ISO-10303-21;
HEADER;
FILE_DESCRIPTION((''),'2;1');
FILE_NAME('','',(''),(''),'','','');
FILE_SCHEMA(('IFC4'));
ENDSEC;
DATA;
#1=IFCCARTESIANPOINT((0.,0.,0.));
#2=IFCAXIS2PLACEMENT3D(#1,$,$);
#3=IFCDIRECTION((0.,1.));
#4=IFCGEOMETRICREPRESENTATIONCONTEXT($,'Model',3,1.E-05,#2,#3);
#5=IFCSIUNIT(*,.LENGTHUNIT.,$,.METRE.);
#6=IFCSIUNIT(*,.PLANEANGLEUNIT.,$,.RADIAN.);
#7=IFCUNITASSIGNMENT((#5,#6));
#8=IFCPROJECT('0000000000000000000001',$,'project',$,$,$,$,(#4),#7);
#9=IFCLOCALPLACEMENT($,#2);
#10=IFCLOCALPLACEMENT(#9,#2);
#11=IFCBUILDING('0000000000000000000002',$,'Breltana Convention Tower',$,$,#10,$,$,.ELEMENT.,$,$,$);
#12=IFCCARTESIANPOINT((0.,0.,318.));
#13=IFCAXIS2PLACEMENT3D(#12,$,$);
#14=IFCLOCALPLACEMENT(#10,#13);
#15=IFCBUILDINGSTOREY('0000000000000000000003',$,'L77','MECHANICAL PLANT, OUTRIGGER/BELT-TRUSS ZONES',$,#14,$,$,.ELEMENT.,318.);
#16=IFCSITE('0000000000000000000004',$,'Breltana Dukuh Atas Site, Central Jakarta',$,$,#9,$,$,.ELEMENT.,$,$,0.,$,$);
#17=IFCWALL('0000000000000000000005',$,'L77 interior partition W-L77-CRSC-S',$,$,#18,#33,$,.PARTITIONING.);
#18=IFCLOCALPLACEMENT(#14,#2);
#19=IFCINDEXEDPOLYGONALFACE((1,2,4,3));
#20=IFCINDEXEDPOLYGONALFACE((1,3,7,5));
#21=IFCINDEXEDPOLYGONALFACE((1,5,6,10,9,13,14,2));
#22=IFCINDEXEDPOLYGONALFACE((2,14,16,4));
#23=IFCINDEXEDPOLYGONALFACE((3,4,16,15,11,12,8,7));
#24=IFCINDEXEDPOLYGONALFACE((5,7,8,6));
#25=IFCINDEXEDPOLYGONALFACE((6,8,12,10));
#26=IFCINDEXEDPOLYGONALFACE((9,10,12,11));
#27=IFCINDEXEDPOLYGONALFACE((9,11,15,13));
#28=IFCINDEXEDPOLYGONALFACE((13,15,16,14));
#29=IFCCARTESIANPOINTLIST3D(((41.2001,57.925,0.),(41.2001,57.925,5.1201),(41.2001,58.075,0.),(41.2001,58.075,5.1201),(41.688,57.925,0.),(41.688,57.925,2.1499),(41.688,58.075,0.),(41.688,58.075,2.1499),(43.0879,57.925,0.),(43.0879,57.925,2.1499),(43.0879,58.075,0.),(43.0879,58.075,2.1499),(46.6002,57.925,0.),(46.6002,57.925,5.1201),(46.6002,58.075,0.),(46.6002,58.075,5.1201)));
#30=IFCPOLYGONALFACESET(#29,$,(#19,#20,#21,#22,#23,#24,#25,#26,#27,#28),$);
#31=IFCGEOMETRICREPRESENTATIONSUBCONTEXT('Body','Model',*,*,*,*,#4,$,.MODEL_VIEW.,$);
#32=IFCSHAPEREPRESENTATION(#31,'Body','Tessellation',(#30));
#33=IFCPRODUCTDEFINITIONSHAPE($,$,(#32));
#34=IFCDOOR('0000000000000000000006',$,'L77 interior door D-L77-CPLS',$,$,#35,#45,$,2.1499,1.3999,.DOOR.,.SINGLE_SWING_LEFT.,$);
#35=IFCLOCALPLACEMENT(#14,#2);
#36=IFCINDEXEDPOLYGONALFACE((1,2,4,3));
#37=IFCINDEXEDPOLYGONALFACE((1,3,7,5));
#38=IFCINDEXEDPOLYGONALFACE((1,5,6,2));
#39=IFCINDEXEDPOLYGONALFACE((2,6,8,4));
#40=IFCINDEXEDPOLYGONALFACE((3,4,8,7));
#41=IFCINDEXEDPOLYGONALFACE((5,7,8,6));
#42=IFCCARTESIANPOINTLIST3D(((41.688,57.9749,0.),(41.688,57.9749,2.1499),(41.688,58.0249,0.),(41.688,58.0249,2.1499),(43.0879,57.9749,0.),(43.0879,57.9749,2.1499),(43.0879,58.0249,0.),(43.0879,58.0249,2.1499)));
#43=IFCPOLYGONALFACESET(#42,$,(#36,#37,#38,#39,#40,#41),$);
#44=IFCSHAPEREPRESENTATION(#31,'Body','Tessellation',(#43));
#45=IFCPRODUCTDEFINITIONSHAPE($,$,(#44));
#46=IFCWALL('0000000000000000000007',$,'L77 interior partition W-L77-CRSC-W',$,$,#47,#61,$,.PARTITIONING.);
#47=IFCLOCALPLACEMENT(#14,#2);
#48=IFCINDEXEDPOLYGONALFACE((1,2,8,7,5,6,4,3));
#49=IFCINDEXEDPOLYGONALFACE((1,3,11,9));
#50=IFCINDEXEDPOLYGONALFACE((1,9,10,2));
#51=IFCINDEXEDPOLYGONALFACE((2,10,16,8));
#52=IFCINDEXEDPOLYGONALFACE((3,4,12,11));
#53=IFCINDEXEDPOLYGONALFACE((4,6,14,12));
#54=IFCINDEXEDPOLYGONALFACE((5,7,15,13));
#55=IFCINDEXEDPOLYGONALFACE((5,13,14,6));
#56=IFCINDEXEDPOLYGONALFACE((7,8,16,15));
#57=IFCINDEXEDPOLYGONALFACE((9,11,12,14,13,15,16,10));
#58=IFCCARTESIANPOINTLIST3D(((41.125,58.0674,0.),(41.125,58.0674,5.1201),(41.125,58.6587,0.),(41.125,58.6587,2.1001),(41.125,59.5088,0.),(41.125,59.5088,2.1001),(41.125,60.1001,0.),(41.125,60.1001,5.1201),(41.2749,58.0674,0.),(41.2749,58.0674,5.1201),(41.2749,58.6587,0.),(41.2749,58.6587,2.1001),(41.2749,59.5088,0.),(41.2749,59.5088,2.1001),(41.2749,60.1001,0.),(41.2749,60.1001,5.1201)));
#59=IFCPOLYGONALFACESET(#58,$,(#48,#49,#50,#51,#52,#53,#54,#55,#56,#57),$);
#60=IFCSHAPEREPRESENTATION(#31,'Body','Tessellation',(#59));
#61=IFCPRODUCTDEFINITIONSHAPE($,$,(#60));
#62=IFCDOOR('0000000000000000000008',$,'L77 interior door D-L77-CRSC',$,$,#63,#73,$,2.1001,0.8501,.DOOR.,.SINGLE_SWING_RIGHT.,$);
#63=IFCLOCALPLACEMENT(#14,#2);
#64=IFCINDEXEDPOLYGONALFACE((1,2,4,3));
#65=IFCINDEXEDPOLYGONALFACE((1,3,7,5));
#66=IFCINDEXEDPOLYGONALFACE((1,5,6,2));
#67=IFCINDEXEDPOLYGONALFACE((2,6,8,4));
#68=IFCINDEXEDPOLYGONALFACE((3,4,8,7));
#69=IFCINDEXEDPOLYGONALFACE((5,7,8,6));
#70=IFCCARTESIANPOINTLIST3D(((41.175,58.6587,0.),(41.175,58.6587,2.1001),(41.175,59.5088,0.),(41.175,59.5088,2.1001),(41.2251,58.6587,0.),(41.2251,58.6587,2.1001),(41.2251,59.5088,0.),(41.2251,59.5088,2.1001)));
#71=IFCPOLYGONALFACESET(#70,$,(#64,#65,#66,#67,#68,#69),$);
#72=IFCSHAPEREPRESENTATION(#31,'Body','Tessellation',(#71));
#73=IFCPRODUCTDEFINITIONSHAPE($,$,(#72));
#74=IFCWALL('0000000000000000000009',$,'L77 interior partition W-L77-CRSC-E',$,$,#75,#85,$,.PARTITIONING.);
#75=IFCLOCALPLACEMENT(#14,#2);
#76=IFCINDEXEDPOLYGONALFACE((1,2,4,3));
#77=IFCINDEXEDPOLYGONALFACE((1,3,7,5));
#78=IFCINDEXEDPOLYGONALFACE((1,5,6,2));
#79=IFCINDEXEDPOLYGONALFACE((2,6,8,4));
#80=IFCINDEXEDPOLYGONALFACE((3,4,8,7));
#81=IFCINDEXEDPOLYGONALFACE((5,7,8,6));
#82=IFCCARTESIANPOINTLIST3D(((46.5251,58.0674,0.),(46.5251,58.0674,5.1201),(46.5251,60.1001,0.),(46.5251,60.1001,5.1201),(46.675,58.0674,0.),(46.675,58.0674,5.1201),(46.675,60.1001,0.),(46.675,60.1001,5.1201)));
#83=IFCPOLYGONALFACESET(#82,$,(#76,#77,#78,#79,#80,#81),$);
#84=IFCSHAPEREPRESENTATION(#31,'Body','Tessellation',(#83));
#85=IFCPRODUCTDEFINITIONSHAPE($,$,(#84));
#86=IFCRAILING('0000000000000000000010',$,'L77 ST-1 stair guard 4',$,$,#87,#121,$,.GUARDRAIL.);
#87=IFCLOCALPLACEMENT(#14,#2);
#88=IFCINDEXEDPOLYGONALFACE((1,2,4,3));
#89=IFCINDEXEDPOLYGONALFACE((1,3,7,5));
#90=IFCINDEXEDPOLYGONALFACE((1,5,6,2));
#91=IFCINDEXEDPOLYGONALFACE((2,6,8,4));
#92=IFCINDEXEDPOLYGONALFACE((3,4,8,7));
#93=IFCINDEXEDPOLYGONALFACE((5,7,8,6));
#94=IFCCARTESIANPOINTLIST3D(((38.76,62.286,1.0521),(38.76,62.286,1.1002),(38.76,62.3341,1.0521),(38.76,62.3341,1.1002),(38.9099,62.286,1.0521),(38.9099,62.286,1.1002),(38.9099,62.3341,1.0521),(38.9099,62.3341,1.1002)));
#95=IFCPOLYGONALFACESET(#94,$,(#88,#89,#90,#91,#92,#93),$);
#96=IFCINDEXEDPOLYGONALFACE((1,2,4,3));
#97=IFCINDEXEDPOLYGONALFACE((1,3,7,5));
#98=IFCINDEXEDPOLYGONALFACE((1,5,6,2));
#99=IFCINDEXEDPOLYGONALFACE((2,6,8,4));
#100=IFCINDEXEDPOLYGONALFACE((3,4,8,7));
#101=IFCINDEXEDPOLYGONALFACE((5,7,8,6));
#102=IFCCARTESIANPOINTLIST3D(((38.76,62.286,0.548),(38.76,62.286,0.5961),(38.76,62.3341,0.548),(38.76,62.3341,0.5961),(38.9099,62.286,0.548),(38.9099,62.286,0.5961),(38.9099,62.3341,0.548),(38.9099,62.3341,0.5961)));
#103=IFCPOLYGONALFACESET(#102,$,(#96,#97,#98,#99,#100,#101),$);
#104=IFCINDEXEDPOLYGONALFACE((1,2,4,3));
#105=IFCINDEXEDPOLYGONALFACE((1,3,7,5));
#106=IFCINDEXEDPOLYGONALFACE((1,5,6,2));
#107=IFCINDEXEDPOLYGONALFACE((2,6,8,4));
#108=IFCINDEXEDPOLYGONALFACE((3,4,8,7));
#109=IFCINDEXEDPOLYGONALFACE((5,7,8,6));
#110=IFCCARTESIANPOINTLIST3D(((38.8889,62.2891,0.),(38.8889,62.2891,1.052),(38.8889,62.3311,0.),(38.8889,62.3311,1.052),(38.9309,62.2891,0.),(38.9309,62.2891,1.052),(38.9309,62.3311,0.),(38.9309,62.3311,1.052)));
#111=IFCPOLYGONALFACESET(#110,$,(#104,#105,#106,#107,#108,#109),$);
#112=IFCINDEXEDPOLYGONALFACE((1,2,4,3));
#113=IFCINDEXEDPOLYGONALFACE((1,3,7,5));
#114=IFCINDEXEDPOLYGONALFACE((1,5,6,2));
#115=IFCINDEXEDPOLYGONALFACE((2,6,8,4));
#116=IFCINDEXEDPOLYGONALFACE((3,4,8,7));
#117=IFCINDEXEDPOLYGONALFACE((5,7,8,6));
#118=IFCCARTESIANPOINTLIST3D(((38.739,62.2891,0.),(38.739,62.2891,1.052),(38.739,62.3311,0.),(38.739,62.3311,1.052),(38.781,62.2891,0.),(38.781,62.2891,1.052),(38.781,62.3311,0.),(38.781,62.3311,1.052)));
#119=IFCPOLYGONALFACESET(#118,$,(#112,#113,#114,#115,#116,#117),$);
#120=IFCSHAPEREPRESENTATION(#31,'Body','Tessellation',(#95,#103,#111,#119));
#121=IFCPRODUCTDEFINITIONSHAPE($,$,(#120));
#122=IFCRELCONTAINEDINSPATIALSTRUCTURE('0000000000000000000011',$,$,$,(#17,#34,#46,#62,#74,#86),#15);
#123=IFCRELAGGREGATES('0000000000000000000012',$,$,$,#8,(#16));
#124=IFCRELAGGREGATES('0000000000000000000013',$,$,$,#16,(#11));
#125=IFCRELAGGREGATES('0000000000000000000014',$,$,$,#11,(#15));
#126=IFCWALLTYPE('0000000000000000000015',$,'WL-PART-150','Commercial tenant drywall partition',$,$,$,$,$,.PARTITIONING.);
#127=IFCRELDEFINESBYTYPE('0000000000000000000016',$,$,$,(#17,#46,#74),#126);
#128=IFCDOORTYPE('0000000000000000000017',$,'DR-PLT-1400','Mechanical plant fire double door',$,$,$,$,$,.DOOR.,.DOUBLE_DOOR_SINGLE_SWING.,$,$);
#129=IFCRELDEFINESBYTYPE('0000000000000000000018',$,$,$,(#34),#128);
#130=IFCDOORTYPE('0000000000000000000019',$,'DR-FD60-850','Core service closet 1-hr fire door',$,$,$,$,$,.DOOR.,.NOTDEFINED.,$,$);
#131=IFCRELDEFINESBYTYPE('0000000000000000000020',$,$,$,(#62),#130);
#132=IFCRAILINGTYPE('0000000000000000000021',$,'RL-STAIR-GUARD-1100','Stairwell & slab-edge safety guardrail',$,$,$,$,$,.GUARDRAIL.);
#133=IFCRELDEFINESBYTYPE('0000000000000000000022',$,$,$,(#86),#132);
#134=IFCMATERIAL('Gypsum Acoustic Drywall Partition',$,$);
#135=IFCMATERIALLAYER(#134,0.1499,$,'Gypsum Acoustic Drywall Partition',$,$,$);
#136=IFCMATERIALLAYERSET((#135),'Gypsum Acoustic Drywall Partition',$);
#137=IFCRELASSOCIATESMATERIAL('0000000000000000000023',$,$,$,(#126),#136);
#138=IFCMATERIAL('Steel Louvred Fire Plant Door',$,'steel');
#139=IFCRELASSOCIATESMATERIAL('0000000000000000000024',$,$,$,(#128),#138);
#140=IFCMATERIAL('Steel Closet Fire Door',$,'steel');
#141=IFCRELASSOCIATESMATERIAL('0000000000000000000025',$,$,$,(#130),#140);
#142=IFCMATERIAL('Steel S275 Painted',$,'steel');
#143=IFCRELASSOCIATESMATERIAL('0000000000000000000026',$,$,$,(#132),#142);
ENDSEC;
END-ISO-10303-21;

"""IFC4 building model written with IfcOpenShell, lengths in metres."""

from ifc_helpers import new_model, si_unit, direction, frame, frame_2d, origin, origin_2d, place, context, subcontext, project, spatial, rectangle, extrude, source, transform, mapped, material, layer, layer_set, type_object, type_shapes, element, fill, save


model = new_model("IFC4")

# Units and contexts
model_context = context("Model", 3, precision=1e-05, world=origin(), true_north=direction((0.0, 1.0)))
body_context = subcontext(model_context, "Body", "Model", "MODEL_VIEW")
ifc_project = project(units=[si_unit("LENGTHUNIT", "METRE"), si_unit("PLANEANGLEUNIT", "RADIAN")], contexts=[model_context])

# Site, building, storey
site_placement = place(None, origin())
site = spatial("IfcSite", under=ifc_project, at=site_placement, Name="Breltana Dukuh Atas Site, Central Jakarta", CompositionType="ELEMENT", RefElevation=0.0)
building_placement = place(site_placement, origin())
building = spatial("IfcBuilding", under=site, at=building_placement, Name="Breltana Convention Tower", CompositionType="ELEMENT")
storey_placement = place(building_placement, frame((0.0, 0.0, 318.0)))
storey = spatial("IfcBuildingStorey", under=building, at=storey_placement, Name="L77", Description="MECHANICAL PLANT, OUTRIGGER/BELT-TRUSS ZONES", CompositionType="ELEMENT", Elevation=318.0)

# Walls, openings, doors
ifc_material_1 = material(Name="Gypsum Acoustic Drywall Partition")
ifc_layer_1 = layer(ifc_material_1, 0.1499, Name="Gypsum Acoustic Drywall Partition")
ifc_layer_set_1 = layer_set([ifc_layer_1], Name="Gypsum Acoustic Drywall Partition")
wall_type_1 = type_object("IfcWallType", Name="WL-PART-150", Description="Commercial tenant drywall partition", PredefinedType="PARTITIONING", material=ifc_layer_set_1)
shared_shape_1 = source(origin(), body_context, "Body", "SweptSolid", [
    extrude(rectangle(XDim=5.4001, YDim=0.1499, at=frame_2d((2.7002, 0.0))), origin(), (0.0, 0.0, 1.0), 5.1201),
])
wall_1_placement = place(storey_placement, frame((41.2, 58.0, 0.0), z_axis=(0.0, 0.0, 1.0), x_axis=(1.0, 0.0, 0.0)))
wall_1 = element("IfcWall", 1, at=wall_1_placement, inside=storey, type_object=wall_type_1, Name="L77 interior partition W-L77-CRSC-S", PredefinedType="PARTITIONING", context=body_context, shape_type="MappedRepresentation", body=[
    mapped(shared_shape_1, transform((0.0, 0.0, 0.0), scale=1.0)),
])
opening_1_placement = place(wall_1_placement, frame((0.488, 0.0, 0.0)))
opening_1 = element("IfcOpeningElement", 2, at=opening_1_placement, cuts=wall_1, PredefinedType="OPENING", context=body_context, shape_type="SweptSolid", body=[
    extrude(rectangle(XDim=1.3999, YDim=2.1499, at=frame_2d((0.7, 1.075))), frame((0.0, 0.085, 0.0), z_axis=(0.0, -1.0, 0.0), x_axis=(1.0, 0.0, 0.0)), (0.0, 0.0, 1.0), 0.1699),
])
ifc_material_2 = material(Name="Steel Louvred Fire Plant Door", Category="steel")
door_type_1 = type_object("IfcDoorType", Name="DR-PLT-1400", Description="Mechanical plant fire double door", OperationType="DOUBLE_DOOR_SINGLE_SWING", PredefinedType="DOOR", material=ifc_material_2)
shared_shape_2 = source(origin(), body_context, "Body", "SweptSolid", [
    extrude(rectangle(XDim=1.3999, YDim=2.1499, at=frame_2d((0.7, 1.075))), frame((0.0, 0.0249, 0.0), z_axis=(0.0, -1.0, 0.0), x_axis=(1.0, 0.0, 0.0)), (0.0, 0.0, 1.0), 0.05),
])
type_shapes(door_type_1, [shared_shape_2])
door_1_placement = place(opening_1_placement, origin())
door_1 = element("IfcDoor", 3, at=door_1_placement, inside=storey, type_object=door_type_1, Name="L77 interior door D-L77-CPLS", OperationType="SINGLE_SWING_LEFT", OverallHeight=2.1499, OverallWidth=1.3999, PredefinedType="DOOR", context=body_context, shape_type="MappedRepresentation", body=[
    mapped(shared_shape_2, transform((0.0, 0.0, 0.0), scale=1.0)),
])
fill(opening_1, door_1)
shared_shape_3 = source(origin(), body_context, "Body", "SweptSolid", [
    extrude(rectangle(XDim=2.0327, YDim=0.1499, at=frame_2d((1.0164, 0.0))), origin(), (0.0, 0.0, 1.0), 5.1201),
])
wall_2_placement = place(storey_placement, frame((41.2, 58.0674, 0.0), z_axis=(0.0, 0.0, 1.0), x_axis=(0.0, 1.0, 0.0)))
wall_2 = element("IfcWall", 4, at=wall_2_placement, inside=storey, type_object=wall_type_1, Name="L77 interior partition W-L77-CRSC-W", PredefinedType="PARTITIONING", context=body_context, shape_type="MappedRepresentation", body=[
    mapped(shared_shape_3, transform((0.0, 0.0, 0.0), scale=1.0)),
])
opening_2_placement = place(wall_2_placement, frame((0.5913, 0.0, 0.0)))
opening_2 = element("IfcOpeningElement", 5, at=opening_2_placement, cuts=wall_2, PredefinedType="OPENING", context=body_context, shape_type="SweptSolid", body=[
    extrude(rectangle(XDim=0.8501, YDim=2.1001, at=frame_2d((0.425, 1.05))), frame((0.0, 0.085, 0.0), z_axis=(0.0, -1.0, 0.0), x_axis=(1.0, 0.0, 0.0)), (0.0, 0.0, 1.0), 0.1699),
])
ifc_material_3 = material(Name="Steel Closet Fire Door", Category="steel")
door_type_2 = type_object("IfcDoorType", Name="DR-FD60-850", Description="Core service closet 1-hr fire door", OperationType="NOTDEFINED", PredefinedType="DOOR", material=ifc_material_3)
shared_shape_4 = source(origin(), body_context, "Body", "SweptSolid", [
    extrude(rectangle(XDim=0.8501, YDim=2.1001, at=frame_2d((0.425, 1.05))), frame((0.0, 0.0249, 0.0), z_axis=(0.0, -1.0, 0.0), x_axis=(1.0, 0.0, 0.0)), (0.0, 0.0, 1.0), 0.05),
])
type_shapes(door_type_2, [shared_shape_4])
door_2_placement = place(opening_2_placement, origin())
door_2 = element("IfcDoor", 6, at=door_2_placement, inside=storey, type_object=door_type_2, Name="L77 interior door D-L77-CRSC", OperationType="SINGLE_SWING_RIGHT", OverallHeight=2.1001, OverallWidth=0.8501, PredefinedType="DOOR", context=body_context, shape_type="MappedRepresentation", body=[
    mapped(shared_shape_4, transform((0.0, 0.0, 0.0), scale=1.0)),
])
fill(opening_2, door_2)

# Wall
wall_3_placement = place(storey_placement, frame((46.6001, 58.0674, 0.0), z_axis=(0.0, 0.0, 1.0), x_axis=(0.0, 1.0, 0.0)))
element("IfcWall", 7, at=wall_3_placement, inside=storey, type_object=wall_type_1, Name="L77 interior partition W-L77-CRSC-E", PredefinedType="PARTITIONING", context=body_context, shape_type="MappedRepresentation", body=[
    mapped(shared_shape_3, transform((0.0, 0.0, 0.0), scale=1.0)),
])

# Railing
ifc_material_4 = material(Name="Steel S275 Painted", Category="steel")
railing_type = type_object("IfcRailingType", Name="RL-STAIR-GUARD-1100", Description="Stairwell & slab-edge safety guardrail", PredefinedType="GUARDRAIL", material=ifc_material_4)
railing_placement = place(storey_placement, frame((38.9099, 62.3101, 0.0)))
element("IfcRailing", 8, at=railing_placement, inside=storey, type_object=railing_type, Name="L77 ST-1 stair guard 4", PredefinedType="GUARDRAIL", context=body_context, shape_type="SweptSolid", body=[
    extrude(rectangle(XDim=0.0481, YDim=0.0481, at=origin_2d()), frame((0.0, 0.0, 1.0762), z_axis=(-1.0, 0.0, 0.0), x_axis=(0.0, -1.0, 0.0)), (0.0, 0.0, 1.0), 0.1499),
    extrude(rectangle(XDim=0.0481, YDim=0.0481, at=origin_2d()), frame((0.0, 0.0, 0.572), z_axis=(-1.0, 0.0, 0.0), x_axis=(0.0, -1.0, 0.0)), (0.0, 0.0, 1.0), 0.1499),
    extrude(rectangle(XDim=0.042, YDim=0.042, at=origin_2d()), origin(), (0.0, 0.0, 1.0), 1.052),
    extrude(rectangle(XDim=0.042, YDim=0.042, at=origin_2d()), frame((-0.1499, 0.0, 0.0)), (0.0, 0.0, 1.0), 1.052),
])

save(model, "model.ifc")
